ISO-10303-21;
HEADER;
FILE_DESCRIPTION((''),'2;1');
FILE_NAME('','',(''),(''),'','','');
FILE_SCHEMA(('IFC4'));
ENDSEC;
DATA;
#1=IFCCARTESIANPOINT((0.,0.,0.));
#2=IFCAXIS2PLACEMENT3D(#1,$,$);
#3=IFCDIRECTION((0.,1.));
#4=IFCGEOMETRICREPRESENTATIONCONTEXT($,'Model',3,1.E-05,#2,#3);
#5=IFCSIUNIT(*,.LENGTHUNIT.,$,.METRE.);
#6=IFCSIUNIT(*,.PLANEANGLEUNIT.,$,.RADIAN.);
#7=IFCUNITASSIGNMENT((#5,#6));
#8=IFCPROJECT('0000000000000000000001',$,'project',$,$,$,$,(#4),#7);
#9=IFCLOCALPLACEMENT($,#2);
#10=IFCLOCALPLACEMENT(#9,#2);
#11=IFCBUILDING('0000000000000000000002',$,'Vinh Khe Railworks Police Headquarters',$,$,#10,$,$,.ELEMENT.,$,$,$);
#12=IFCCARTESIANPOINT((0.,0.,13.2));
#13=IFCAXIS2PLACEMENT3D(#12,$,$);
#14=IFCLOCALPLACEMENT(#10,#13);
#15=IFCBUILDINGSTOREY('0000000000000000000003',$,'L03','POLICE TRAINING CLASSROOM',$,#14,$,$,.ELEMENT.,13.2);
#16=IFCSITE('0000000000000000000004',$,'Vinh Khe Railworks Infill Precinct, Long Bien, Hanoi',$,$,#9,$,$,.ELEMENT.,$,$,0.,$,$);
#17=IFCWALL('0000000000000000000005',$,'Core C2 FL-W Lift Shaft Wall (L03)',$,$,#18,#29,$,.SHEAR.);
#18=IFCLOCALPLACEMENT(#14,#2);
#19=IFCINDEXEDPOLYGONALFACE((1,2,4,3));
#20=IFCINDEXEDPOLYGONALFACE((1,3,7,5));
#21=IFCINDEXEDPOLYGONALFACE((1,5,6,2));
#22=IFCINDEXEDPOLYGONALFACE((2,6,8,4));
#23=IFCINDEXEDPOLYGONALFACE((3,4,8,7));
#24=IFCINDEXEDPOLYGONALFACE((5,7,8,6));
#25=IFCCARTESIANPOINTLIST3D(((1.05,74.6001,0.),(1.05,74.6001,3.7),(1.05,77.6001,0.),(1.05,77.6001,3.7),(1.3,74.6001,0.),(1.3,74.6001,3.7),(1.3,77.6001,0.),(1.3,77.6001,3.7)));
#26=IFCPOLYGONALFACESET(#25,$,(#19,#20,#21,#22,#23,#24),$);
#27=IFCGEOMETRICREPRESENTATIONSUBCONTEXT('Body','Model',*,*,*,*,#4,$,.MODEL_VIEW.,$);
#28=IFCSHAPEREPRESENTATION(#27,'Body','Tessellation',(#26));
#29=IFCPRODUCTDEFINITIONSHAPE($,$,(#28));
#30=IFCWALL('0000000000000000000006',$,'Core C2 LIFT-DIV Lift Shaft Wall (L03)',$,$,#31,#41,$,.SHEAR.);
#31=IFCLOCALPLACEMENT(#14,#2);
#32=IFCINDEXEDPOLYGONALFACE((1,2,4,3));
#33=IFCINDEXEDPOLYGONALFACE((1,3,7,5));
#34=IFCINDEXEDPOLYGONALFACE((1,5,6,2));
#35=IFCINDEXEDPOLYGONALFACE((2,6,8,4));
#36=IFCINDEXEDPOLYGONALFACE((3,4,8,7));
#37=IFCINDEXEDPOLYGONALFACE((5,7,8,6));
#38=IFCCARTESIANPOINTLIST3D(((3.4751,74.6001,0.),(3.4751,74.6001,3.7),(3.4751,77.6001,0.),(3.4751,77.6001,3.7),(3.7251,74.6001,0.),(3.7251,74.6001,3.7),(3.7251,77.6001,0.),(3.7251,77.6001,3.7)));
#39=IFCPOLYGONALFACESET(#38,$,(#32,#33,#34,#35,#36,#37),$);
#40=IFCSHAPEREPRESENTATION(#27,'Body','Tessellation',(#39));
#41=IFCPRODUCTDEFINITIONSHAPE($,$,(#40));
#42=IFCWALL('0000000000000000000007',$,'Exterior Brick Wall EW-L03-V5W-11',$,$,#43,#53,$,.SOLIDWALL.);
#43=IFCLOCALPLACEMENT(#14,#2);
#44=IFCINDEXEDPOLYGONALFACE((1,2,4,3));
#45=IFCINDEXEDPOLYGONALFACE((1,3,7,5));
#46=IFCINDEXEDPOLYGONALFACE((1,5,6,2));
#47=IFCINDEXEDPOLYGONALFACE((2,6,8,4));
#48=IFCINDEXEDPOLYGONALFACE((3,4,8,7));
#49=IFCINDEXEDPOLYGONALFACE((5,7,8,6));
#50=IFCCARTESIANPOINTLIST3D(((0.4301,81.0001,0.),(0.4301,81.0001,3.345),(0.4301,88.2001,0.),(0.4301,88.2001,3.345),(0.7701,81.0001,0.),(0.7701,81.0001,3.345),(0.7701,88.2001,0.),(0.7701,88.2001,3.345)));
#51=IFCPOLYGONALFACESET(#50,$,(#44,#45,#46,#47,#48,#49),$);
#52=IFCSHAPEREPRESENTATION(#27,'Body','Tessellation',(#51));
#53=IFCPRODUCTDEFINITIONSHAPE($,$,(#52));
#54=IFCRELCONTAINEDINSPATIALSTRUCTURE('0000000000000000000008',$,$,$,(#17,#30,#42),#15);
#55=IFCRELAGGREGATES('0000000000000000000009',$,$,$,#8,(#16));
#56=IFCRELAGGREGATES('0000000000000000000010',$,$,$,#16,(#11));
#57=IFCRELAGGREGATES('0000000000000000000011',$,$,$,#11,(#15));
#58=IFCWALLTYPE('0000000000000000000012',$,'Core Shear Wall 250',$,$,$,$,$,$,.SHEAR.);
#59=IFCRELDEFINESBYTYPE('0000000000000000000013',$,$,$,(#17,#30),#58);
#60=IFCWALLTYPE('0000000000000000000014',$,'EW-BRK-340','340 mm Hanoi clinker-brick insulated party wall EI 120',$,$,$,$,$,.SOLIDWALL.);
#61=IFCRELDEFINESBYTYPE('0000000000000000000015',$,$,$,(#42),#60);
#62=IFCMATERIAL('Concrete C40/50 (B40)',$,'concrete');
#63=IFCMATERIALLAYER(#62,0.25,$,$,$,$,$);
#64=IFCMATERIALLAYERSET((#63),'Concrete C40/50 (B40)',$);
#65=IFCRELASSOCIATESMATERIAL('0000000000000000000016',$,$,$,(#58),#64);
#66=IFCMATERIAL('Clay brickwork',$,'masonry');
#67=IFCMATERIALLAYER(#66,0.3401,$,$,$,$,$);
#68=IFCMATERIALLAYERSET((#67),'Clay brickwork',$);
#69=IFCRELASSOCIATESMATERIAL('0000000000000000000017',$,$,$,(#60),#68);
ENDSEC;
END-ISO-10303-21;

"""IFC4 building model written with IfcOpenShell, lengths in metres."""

from ifc_helpers import new_model, si_unit, direction, frame, frame_2d, origin, place, context, subcontext, project, spatial, rectangle, extrude, material, layer, layer_set, type_object, element, save


model = new_model("IFC4")

# Units and contexts
model_context = context("Model", 3, precision=1e-05, world=origin(), true_north=direction((0.0, 1.0)))
body_context = subcontext(model_context, "Body", "Model", "MODEL_VIEW")
ifc_project = project(units=[si_unit("LENGTHUNIT", "METRE"), si_unit("PLANEANGLEUNIT", "RADIAN")], contexts=[model_context])

# Site, building, storey
site_placement = place(None, origin())
site = spatial("IfcSite", under=ifc_project, at=site_placement, Name="Vinh Khe Railworks Infill Precinct, Long Bien, Hanoi", CompositionType="ELEMENT", RefElevation=0.0)
building_placement = place(site_placement, origin())
building = spatial("IfcBuilding", under=site, at=building_placement, Name="Vinh Khe Railworks Police Headquarters", CompositionType="ELEMENT")
storey_placement = place(building_placement, frame((0.0, 0.0, 13.2)))
storey = spatial("IfcBuildingStorey", under=building, at=storey_placement, Name="L03", Description="POLICE TRAINING CLASSROOM", CompositionType="ELEMENT", Elevation=13.2)

# Shared definitions
ifc_material_1 = material(Name="Concrete C40/50 (B40)", Category="concrete")
ifc_layer_1 = layer(ifc_material_1, 0.25)
ifc_layer_set_1 = layer_set([ifc_layer_1], Name="Concrete C40/50 (B40)")
wall_type_1 = type_object("IfcWallType", Name="Core Shear Wall 250", PredefinedType="SHEAR", material=ifc_layer_set_1)

# Walls
for number, where, z_axis, x_axis, name in (
    (1, (1.175, 74.6001, 0.0), (0.0, 0.0, 1.0), (0.0, 1.0, 0.0), "Core C2 FL-W Lift Shaft Wall (L03)"),
    (2, (3.6001, 74.6001, 0.0), (0.0, 0.0, 1.0), (0.0, 1.0, 0.0), "Core C2 LIFT-DIV Lift Shaft Wall (L03)"),
):
    element("IfcWall", number, at=place(storey_placement, frame(where, z_axis=z_axis, x_axis=x_axis)), inside=storey, type_object=wall_type_1, Name=name, PredefinedType="SHEAR", context=body_context, shape_type="SweptSolid", body=[
        extrude(rectangle(XDim=3.0, YDim=0.25, at=frame_2d((1.5, 0.0))), origin(), (0.0, 0.0, 1.0), 3.7),
    ])

# Wall
ifc_material_2 = material(Name="Clay brickwork", Category="masonry")
ifc_layer_2 = layer(ifc_material_2, 0.3401)
ifc_layer_set_2 = layer_set([ifc_layer_2], Name="Clay brickwork")
wall_type_2 = type_object("IfcWallType", Name="EW-BRK-340", Description="340 mm Hanoi clinker-brick insulated party wall EI 120", PredefinedType="SOLIDWALL", material=ifc_layer_set_2)
wall_1_placement = place(storey_placement, frame((0.6001, 81.0, 0.0), z_axis=(0.0, 0.0, 1.0), x_axis=(0.0, 1.0, 0.0)))
element("IfcWall", 3, at=wall_1_placement, inside=storey, type_object=wall_type_2, Name="Exterior Brick Wall EW-L03-V5W-11", PredefinedType="SOLIDWALL", context=body_context, shape_type="SweptSolid", body=[
    extrude(rectangle(XDim=7.2, YDim=0.3401, at=frame_2d((3.6001, 0.0))), origin(), (0.0, 0.0, 1.0), 3.345),
])

save(model, "model.ifc")
